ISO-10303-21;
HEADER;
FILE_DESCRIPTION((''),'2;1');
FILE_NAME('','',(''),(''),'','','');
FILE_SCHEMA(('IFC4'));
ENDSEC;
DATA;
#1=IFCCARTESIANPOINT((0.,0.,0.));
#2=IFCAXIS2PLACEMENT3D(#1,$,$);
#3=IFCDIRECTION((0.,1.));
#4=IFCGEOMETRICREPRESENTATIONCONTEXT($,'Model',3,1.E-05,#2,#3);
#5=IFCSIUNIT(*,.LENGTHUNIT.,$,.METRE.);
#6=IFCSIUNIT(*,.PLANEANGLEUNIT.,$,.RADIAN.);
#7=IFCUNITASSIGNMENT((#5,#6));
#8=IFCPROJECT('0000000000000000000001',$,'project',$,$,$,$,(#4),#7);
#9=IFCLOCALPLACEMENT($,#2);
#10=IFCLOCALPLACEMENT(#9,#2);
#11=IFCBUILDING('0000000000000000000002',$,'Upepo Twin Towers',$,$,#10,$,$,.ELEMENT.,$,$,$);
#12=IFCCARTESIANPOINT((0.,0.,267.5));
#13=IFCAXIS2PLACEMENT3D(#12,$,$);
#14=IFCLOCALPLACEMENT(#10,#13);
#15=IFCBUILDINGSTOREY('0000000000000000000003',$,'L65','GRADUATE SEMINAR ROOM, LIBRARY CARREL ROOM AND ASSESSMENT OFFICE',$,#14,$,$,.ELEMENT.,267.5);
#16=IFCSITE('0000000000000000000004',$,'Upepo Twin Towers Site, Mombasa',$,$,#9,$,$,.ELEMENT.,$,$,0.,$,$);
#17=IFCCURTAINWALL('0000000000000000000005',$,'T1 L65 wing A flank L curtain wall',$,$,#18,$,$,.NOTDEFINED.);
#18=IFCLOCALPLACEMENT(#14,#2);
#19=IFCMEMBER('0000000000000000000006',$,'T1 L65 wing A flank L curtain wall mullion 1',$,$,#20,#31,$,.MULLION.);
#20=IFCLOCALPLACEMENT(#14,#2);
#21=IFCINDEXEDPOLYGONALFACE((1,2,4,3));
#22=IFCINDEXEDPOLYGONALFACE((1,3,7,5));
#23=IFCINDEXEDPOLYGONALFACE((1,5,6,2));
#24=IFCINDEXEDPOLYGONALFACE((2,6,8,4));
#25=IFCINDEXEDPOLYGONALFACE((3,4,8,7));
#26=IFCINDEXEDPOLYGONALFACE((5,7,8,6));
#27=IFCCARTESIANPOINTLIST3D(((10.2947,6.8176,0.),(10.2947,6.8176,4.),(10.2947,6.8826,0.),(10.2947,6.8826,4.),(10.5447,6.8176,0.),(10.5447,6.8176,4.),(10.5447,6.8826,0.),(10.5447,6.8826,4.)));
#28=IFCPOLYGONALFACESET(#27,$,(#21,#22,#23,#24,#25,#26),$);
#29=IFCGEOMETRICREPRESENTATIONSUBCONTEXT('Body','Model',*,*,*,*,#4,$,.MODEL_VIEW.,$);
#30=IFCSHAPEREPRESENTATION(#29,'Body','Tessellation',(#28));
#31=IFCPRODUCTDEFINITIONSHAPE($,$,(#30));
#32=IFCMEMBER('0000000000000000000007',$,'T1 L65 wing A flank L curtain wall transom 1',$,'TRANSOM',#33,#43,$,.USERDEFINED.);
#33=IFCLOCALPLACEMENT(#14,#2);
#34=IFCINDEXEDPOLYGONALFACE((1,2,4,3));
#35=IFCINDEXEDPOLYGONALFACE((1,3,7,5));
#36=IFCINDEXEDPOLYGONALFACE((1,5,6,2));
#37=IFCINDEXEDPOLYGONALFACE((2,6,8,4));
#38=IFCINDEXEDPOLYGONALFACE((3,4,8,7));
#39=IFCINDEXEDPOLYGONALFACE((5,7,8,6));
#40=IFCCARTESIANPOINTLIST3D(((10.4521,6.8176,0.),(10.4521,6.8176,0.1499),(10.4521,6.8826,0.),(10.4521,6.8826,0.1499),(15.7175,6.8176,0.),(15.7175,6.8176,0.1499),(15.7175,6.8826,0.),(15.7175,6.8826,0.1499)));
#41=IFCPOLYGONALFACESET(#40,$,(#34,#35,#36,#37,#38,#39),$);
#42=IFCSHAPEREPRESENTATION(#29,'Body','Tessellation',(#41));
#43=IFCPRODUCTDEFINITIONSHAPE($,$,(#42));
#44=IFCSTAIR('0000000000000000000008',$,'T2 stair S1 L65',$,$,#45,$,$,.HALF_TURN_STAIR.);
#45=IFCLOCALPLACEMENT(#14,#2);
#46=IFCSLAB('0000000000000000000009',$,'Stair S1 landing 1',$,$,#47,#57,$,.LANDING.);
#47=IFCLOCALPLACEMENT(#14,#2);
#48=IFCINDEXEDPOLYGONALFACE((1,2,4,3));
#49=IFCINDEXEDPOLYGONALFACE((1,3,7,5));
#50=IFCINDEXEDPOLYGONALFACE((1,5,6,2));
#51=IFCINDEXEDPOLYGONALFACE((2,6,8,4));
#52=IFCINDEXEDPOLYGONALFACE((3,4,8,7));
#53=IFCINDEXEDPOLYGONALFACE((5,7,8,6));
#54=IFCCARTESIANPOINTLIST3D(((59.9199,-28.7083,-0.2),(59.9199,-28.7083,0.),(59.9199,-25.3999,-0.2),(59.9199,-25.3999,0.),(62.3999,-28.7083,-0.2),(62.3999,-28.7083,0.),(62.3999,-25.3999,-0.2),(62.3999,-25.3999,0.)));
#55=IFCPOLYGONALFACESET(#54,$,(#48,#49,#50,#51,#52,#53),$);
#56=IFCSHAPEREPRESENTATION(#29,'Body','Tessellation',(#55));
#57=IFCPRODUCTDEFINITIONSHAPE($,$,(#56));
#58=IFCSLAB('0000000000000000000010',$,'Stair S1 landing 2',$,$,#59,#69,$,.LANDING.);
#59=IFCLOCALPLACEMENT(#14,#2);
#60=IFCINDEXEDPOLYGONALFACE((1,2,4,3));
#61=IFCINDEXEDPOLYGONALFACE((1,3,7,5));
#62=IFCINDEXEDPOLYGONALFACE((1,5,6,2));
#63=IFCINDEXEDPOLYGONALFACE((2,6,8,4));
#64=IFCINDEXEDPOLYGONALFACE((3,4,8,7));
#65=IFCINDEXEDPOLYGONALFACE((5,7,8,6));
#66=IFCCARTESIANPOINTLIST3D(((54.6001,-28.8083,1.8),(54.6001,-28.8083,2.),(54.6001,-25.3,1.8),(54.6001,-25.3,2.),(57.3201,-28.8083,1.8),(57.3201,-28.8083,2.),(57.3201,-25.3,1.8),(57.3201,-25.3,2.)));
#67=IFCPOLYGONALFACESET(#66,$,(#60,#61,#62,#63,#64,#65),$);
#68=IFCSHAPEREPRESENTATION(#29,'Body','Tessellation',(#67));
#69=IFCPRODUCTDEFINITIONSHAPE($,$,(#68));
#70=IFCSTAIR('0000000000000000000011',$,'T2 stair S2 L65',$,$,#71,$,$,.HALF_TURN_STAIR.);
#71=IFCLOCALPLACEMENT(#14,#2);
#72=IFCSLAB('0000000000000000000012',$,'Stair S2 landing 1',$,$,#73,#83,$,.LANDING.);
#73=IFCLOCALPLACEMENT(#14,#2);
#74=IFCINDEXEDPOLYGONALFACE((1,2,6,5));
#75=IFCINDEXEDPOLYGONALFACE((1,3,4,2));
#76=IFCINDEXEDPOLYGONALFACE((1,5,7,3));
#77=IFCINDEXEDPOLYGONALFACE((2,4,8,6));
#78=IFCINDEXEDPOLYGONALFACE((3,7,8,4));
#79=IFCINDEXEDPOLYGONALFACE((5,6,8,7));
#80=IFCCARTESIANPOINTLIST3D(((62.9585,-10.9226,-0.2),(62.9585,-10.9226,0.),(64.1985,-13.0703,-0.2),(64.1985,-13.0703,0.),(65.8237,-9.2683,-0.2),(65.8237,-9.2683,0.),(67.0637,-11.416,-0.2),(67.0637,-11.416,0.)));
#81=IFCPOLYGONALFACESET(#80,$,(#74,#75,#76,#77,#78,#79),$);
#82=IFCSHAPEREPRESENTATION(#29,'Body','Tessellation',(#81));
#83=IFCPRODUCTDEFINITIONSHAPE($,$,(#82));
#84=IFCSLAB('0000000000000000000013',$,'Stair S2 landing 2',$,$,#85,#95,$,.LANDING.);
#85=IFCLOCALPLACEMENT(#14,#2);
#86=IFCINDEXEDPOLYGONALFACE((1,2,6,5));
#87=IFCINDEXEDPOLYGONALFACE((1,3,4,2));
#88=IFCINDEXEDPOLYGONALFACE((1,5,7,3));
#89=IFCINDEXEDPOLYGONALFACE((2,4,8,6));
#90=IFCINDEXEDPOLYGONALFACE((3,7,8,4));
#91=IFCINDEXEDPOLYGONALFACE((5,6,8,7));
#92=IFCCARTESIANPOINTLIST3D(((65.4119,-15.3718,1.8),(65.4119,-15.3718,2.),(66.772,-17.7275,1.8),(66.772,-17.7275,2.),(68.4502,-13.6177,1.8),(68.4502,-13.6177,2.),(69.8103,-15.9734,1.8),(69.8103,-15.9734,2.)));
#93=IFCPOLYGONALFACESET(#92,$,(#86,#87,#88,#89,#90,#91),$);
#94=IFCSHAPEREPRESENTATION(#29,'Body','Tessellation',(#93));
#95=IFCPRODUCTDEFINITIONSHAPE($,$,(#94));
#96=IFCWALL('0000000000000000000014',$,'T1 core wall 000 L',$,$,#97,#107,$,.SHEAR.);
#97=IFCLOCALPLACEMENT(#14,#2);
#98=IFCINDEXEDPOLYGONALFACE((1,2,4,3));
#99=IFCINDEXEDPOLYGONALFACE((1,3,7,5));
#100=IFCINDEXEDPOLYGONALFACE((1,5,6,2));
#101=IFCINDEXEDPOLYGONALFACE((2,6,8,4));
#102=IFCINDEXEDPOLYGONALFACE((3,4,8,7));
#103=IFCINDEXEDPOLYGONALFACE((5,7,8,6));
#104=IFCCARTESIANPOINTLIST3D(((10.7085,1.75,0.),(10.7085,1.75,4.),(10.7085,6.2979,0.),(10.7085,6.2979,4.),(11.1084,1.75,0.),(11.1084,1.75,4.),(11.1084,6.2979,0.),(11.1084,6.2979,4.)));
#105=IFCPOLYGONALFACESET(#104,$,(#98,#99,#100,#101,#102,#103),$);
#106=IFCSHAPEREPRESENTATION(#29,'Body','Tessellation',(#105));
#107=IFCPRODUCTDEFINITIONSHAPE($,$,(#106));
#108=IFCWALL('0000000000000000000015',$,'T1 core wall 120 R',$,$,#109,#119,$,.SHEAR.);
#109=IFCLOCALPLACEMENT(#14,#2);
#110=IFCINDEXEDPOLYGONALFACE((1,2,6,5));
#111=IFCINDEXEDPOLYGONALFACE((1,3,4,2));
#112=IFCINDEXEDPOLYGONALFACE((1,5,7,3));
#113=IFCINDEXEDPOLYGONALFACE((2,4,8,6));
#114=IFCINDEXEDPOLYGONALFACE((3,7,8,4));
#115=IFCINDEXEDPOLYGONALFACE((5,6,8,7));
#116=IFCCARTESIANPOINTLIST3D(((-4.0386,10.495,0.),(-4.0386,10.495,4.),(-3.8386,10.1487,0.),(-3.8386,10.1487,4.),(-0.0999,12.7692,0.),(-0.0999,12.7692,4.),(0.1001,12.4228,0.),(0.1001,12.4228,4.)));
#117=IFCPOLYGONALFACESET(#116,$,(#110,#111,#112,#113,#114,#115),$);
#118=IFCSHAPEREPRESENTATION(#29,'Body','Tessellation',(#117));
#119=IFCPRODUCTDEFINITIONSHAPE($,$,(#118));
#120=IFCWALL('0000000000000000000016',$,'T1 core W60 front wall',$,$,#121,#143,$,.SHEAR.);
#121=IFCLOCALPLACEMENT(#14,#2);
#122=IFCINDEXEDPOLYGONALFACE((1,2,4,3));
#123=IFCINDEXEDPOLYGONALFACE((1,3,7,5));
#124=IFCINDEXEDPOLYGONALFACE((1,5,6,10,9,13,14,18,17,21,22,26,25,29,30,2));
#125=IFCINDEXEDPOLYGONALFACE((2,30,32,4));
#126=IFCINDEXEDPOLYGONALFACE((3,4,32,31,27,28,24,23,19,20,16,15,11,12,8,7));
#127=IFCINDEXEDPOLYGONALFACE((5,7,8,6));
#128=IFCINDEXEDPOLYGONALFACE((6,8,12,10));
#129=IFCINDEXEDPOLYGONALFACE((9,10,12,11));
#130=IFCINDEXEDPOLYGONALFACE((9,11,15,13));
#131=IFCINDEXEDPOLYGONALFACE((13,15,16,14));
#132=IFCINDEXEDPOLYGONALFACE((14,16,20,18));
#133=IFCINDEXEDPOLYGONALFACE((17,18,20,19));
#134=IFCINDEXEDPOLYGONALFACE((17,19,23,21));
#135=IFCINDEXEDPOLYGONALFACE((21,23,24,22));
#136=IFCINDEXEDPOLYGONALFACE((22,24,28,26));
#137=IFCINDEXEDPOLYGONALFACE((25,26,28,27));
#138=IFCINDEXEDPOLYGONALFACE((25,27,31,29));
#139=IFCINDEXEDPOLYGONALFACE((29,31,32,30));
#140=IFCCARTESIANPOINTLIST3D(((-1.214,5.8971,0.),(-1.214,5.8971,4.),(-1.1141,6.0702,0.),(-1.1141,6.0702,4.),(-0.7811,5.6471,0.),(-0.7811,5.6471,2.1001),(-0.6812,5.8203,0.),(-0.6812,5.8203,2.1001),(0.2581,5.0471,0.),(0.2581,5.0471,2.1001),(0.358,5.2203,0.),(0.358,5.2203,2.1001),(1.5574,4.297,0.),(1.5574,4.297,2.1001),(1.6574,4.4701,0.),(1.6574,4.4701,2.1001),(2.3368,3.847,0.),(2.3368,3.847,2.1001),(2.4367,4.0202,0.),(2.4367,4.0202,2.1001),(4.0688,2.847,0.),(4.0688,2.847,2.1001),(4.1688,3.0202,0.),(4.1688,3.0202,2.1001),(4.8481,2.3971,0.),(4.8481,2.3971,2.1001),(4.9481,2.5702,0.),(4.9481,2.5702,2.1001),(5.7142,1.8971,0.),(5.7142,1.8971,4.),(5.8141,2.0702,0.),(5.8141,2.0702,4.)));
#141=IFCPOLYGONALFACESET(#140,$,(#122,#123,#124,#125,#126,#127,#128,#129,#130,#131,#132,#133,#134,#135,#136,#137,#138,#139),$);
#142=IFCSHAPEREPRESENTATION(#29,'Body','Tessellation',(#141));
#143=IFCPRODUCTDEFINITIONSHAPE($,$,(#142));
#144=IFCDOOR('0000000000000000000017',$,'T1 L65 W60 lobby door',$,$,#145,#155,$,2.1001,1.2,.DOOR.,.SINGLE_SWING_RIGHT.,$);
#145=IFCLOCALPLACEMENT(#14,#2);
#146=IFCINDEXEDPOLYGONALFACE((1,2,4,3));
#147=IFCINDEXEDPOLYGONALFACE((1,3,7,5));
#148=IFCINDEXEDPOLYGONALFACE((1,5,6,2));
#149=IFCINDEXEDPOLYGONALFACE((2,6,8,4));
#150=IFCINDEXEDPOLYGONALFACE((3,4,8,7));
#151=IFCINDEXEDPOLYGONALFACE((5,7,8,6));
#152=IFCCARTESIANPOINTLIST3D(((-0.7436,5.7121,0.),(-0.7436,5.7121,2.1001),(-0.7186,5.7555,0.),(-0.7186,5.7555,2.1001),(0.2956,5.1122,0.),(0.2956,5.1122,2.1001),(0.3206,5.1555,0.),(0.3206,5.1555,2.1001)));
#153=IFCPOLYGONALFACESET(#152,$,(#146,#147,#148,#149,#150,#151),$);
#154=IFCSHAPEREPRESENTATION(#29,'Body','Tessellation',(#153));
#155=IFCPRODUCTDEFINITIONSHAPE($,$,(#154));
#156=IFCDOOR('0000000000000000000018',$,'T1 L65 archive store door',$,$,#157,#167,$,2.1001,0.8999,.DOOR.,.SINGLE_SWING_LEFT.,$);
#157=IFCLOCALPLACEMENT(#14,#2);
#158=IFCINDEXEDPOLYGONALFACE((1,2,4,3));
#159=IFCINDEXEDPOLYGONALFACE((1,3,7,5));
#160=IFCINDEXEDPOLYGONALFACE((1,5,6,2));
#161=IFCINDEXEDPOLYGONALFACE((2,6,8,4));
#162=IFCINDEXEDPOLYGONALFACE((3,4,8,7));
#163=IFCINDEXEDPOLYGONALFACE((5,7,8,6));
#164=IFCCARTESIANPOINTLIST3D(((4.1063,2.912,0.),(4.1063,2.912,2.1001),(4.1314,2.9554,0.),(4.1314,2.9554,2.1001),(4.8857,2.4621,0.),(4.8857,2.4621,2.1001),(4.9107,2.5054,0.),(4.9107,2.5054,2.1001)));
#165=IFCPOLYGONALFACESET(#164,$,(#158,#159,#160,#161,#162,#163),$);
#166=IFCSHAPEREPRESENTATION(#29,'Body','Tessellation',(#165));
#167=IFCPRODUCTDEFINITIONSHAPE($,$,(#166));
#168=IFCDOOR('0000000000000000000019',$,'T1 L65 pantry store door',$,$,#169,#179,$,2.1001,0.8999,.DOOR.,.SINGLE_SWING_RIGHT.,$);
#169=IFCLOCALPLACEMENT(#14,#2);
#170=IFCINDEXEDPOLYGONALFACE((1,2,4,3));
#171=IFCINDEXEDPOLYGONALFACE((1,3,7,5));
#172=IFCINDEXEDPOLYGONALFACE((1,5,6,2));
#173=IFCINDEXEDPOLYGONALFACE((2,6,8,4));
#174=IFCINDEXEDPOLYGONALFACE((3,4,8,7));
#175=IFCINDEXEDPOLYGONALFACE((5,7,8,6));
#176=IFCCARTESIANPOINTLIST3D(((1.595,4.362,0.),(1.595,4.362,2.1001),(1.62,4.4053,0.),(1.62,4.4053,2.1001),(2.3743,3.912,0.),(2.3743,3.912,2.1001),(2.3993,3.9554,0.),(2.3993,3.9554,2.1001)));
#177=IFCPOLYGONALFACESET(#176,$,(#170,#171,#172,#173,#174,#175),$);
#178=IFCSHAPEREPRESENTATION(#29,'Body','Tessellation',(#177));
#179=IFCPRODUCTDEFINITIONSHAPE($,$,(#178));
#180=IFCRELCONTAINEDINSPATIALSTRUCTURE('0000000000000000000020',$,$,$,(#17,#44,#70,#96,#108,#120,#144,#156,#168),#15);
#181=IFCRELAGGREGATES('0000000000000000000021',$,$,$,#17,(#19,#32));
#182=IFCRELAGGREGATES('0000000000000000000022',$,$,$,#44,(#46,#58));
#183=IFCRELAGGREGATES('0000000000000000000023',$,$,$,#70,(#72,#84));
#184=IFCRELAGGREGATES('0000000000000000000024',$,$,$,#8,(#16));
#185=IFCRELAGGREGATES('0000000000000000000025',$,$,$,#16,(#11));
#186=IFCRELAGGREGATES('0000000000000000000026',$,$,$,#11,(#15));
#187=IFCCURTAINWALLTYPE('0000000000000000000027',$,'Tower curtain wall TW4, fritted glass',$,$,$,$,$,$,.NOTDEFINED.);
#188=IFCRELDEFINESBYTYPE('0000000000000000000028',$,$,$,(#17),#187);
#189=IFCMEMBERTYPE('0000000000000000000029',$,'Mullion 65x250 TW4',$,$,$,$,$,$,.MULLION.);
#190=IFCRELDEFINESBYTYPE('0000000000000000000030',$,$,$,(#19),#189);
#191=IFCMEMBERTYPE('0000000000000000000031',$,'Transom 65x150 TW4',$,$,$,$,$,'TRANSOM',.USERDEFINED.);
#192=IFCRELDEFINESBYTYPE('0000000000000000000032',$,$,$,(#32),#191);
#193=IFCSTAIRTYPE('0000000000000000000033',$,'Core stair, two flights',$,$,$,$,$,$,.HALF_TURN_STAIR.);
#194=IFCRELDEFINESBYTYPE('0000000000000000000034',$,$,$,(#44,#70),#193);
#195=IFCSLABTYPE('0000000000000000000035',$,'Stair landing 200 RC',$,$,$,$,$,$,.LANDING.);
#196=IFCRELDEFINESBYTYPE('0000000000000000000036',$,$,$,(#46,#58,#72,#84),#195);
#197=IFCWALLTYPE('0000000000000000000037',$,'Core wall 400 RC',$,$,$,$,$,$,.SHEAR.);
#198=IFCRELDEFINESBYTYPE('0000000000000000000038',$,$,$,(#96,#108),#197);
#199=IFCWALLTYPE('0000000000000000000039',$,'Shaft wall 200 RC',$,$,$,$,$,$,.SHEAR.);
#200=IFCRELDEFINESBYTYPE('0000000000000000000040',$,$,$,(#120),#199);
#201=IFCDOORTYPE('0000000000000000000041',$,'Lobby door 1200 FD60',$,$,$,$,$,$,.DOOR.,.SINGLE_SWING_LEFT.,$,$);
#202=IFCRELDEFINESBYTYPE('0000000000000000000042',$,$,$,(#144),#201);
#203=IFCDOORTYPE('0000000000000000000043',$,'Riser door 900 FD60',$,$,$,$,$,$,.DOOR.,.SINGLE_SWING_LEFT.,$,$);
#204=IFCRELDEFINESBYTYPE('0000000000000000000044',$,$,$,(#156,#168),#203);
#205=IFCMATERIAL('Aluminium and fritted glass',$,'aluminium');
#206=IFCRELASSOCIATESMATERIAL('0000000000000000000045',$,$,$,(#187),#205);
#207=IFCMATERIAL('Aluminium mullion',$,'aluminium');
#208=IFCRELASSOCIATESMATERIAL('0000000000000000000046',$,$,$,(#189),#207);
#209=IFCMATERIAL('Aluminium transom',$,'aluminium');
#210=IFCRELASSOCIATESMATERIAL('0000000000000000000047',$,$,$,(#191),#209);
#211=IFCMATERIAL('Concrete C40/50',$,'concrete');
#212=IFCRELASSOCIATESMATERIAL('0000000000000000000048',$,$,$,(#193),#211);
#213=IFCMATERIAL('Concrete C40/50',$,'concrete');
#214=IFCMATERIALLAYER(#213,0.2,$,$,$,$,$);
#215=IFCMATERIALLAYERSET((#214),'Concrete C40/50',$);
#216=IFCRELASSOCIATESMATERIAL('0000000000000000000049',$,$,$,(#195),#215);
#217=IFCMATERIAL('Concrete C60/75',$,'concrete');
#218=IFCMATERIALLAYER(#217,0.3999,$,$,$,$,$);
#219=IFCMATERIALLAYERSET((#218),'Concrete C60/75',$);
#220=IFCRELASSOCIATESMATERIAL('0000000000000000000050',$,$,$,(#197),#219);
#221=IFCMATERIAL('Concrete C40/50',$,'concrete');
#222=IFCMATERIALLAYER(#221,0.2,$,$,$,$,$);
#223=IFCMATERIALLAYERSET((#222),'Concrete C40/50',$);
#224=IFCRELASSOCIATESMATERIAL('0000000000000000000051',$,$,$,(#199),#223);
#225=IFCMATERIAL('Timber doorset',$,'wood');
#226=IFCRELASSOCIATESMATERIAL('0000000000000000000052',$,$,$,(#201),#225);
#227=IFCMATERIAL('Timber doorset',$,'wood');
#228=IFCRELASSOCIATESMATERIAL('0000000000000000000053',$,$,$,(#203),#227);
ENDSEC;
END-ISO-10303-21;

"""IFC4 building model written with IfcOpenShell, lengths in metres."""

from ifc_helpers import new_model, si_unit, direction, frame, frame_2d, origin, origin_2d, place, context, subcontext, project, spatial, polyline, rectangle, outline, extrude, material, layer, layer_set, material_profile, profile_set, type_object, element, fill, aggregate, save


model = new_model("IFC4")

# Units and contexts
model_context = context("Model", 3, precision=1e-05, world=origin(), true_north=direction((0.0, 1.0)))
body_context = subcontext(model_context, "Body", "Model", "MODEL_VIEW")
ifc_project = project(units=[si_unit("LENGTHUNIT", "METRE"), si_unit("PLANEANGLEUNIT", "RADIAN")], contexts=[model_context])

# Site, building, storey
site_placement = place(None, origin())
site = spatial("IfcSite", under=ifc_project, at=site_placement, Name="Upepo Twin Towers Site, Mombasa", CompositionType="ELEMENT", RefElevation=0.0)
building_placement = place(site_placement, origin())
building = spatial("IfcBuilding", under=site, at=building_placement, Name="Upepo Twin Towers", CompositionType="ELEMENT")
storey_placement = place(building_placement, frame((0.0, 0.0, 267.5)))
storey = spatial("IfcBuildingStorey", under=building, at=storey_placement, Name="L65", Description="GRADUATE SEMINAR ROOM, LIBRARY CARREL ROOM AND ASSESSMENT OFFICE", CompositionType="ELEMENT", Elevation=267.5)

# Curtain wall, members
ifc_material_1 = material(Name="Aluminium and fritted glass", Category="aluminium")
curtain_wall_type = type_object("IfcCurtainWallType", Name="Tower curtain wall TW4, fritted glass", PredefinedType="NOTDEFINED", material=ifc_material_1)
curtain_wall_placement = place(storey_placement, origin())
curtain_wall = element("IfcCurtainWall", 1, at=curtain_wall_placement, inside=storey, type_object=curtain_wall_type, Name="T1 L65 wing A flank L curtain wall", PredefinedType="NOTDEFINED")
ifc_material_2 = material(Name="Aluminium mullion", Category="aluminium")
ifc_material_profile_1 = material_profile(ifc_material_2, rectangle(XDim=0.0649, YDim=0.25, at=origin_2d()), Name="MULLION 65x250")
ifc_profile_set_1 = profile_set([ifc_material_profile_1], Name="Aluminium mullion")
member_type_1 = type_object("IfcMemberType", Name="Mullion 65x250 TW4", PredefinedType="MULLION", material=ifc_profile_set_1)
member_1_placement = place(storey_placement, frame((10.4197, 6.8501, 0.0), z_axis=(0.0, 0.0, 1.0), x_axis=(0.0, 1.0, 0.0)))
member_1 = element("IfcMember", 2, at=member_1_placement, type_object=member_type_1, Name="T1 L65 wing A flank L curtain wall mullion 1", PredefinedType="MULLION", context=body_context, shape_type="SweptSolid", body=[
    extrude(rectangle(XDim=0.0649, YDim=0.25, at=origin_2d()), origin(), (0.0, 0.0, 1.0), 4.0),
])
ifc_material_3 = material(Name="Aluminium transom", Category="aluminium")
ifc_material_profile_2 = material_profile(ifc_material_3, rectangle(XDim=0.0649, YDim=0.1499, at=origin_2d()), Name="TRANSOM 65x150")
ifc_profile_set_2 = profile_set([ifc_material_profile_2], Name="Aluminium transom")
member_type_2 = type_object("IfcMemberType", Name="Transom 65x150 TW4", ElementType="TRANSOM", PredefinedType="USERDEFINED", material=ifc_profile_set_2)
member_2_placement = place(storey_placement, frame((10.4521, 6.8501, 0.075), z_axis=(1.0, 0.0, 0.0), x_axis=(0.0, 1.0, 0.0)))
member_2 = element("IfcMember", 3, at=member_2_placement, type_object=member_type_2, Name="T1 L65 wing A flank L curtain wall transom 1", ObjectType="TRANSOM", PredefinedType="USERDEFINED", context=body_context, shape_type="SweptSolid", body=[
    extrude(rectangle(XDim=0.0649, YDim=0.1499, at=origin_2d()), origin(), (0.0, 0.0, 1.0), 5.2654),
])
aggregate(curtain_wall, [member_1, member_2])

# Stairs, slabs
ifc_material_4 = material(Name="Concrete C40/50", Category="concrete")
stair_type = type_object("IfcStairType", Name="Core stair, two flights", PredefinedType="HALF_TURN_STAIR", material=ifc_material_4)
stair_1_placement = place(storey_placement, origin())
stair_1 = element("IfcStair", 4, at=stair_1_placement, inside=storey, type_object=stair_type, Name="T2 stair S1 L65", PredefinedType="HALF_TURN_STAIR")
ifc_material_5 = material(Name="Concrete C40/50", Category="concrete")
ifc_layer_1 = layer(ifc_material_5, 0.2)
ifc_layer_set_1 = layer_set([ifc_layer_1], Name="Concrete C40/50")
slab_type = type_object("IfcSlabType", Name="Stair landing 200 RC", PredefinedType="LANDING", material=ifc_layer_set_1)
slab_1_placement = place(storey_placement, frame((0.0, 0.0, -0.2)))
slab_1 = element("IfcSlab", 5, at=slab_1_placement, type_object=slab_type, Name="Stair S1 landing 1", PredefinedType="LANDING", context=body_context, shape_type="SweptSolid", body=[
    extrude(outline(polyline([(59.9199, -25.3999), (59.9199, -28.7083), (62.3999, -28.7083), (62.3999, -25.3999), (59.9199, -25.3999)])), origin(), (0.0, 0.0, 1.0), 0.2),
])
slab_2_placement = place(storey_placement, frame((0.0, 0.0, 1.8)))
slab_2 = element("IfcSlab", 6, at=slab_2_placement, type_object=slab_type, Name="Stair S1 landing 2", PredefinedType="LANDING", context=body_context, shape_type="SweptSolid", body=[
    extrude(outline(polyline([(54.6001, -25.3), (54.6001, -28.8083), (57.3201, -28.8083), (57.3201, -25.3), (54.6001, -25.3)])), origin(), (0.0, 0.0, 1.0), 0.2),
])
aggregate(stair_1, [slab_1, slab_2])
stair_2_placement = place(storey_placement, origin())
stair_2 = element("IfcStair", 7, at=stair_2_placement, inside=storey, type_object=stair_type, Name="T2 stair S2 L65", PredefinedType="HALF_TURN_STAIR")
slab_3_placement = place(storey_placement, frame((0.0, 0.0, -0.2)))
slab_3 = element("IfcSlab", 8, at=slab_3_placement, type_object=slab_type, Name="Stair S2 landing 1", PredefinedType="LANDING", context=body_context, shape_type="SweptSolid", body=[
    extrude(outline(polyline([(64.1985, -13.0703), (67.0637, -11.416), (65.8237, -9.2683), (62.9585, -10.9226), (64.1985, -13.0703)])), origin(), (0.0, 0.0, 1.0), 0.2),
])
slab_4_placement = place(storey_placement, frame((0.0, 0.0, 1.8)))
slab_4 = element("IfcSlab", 9, at=slab_4_placement, type_object=slab_type, Name="Stair S2 landing 2", PredefinedType="LANDING", context=body_context, shape_type="SweptSolid", body=[
    extrude(outline(polyline([(66.772, -17.7275), (69.8103, -15.9734), (68.4502, -13.6177), (65.4119, -15.3718), (66.772, -17.7275)])), origin(), (0.0, 0.0, 1.0), 0.2),
])
aggregate(stair_2, [slab_3, slab_4])

# Walls
ifc_material_6 = material(Name="Concrete C60/75", Category="concrete")
ifc_layer_2 = layer(ifc_material_6, 0.3999)
ifc_layer_set_2 = layer_set([ifc_layer_2], Name="Concrete C60/75")
wall_type_1 = type_object("IfcWallType", Name="Core wall 400 RC", PredefinedType="SHEAR", material=ifc_layer_set_2)
wall_1_placement = place(storey_placement, frame((10.9084, 1.75, 0.0), z_axis=(0.0, 0.0, 1.0), x_axis=(0.0, 1.0, 0.0)))
element("IfcWall", 10, at=wall_1_placement, inside=storey, type_object=wall_type_1, Name="T1 core wall 000 L", PredefinedType="SHEAR", context=body_context, shape_type="SweptSolid", body=[
    extrude(rectangle(XDim=4.5479, YDim=0.3999, at=frame_2d((2.2739, 0.0))), origin(), (0.0, 0.0, 1.0), 4.0),
])
wall_2_placement = place(storey_placement, frame((0.0, 12.5959, 0.0), z_axis=(0.0, 0.0, 1.0), x_axis=(-0.866011, -0.500024, 0.0)))
element("IfcWall", 11, at=wall_2_placement, inside=storey, type_object=wall_type_1, Name="T1 core wall 120 R", PredefinedType="SHEAR", context=body_context, shape_type="SweptSolid", body=[
    extrude(rectangle(XDim=4.5481, YDim=0.3999, at=frame_2d((2.2739, 0.0))), origin(), (0.0, 0.0, 1.0), 4.0),
])

# Wall, openings, doors
ifc_material_7 = material(Name="Concrete C40/50", Category="concrete")
ifc_layer_3 = layer(ifc_material_7, 0.2)
ifc_layer_set_3 = layer_set([ifc_layer_3], Name="Concrete C40/50")
wall_type_2 = type_object("IfcWallType", Name="Shaft wall 200 RC", PredefinedType="SHEAR", material=ifc_layer_set_3)
wall_3_placement = place(storey_placement, frame((5.7642, 1.9836, 0.0), z_axis=(0.0, 0.0, 1.0), x_axis=(-0.866026, 0.499999, 0.0)))
wall_3 = element("IfcWall", 12, at=wall_3_placement, inside=storey, type_object=wall_type_2, Name="T1 core W60 front wall", PredefinedType="SHEAR", context=body_context, shape_type="SweptSolid", body=[
    extrude(rectangle(XDim=8.0, YDim=0.2, at=frame_2d((4.0, 0.0))), origin(), (0.0, 0.0, 1.0), 4.0),
])
opening_1_placement = place(wall_3_placement, frame((6.3, 0.0, 0.0)))
opening_1 = element("IfcOpeningElement", 13, at=opening_1_placement, cuts=wall_3, PredefinedType="OPENING", context=body_context, shape_type="SweptSolid", body=[
    extrude(rectangle(XDim=1.2, YDim=2.1001, at=frame_2d((0.6001, 1.05))), frame((0.0, 0.1099, 0.0), z_axis=(0.0, -1.0, 0.0), x_axis=(1.0, 0.0, 0.0)), (0.0, 0.0, 1.0), 0.22),
])
opening_2_placement = place(wall_3_placement, frame((1.0, 0.0, 0.0)))
opening_2 = element("IfcOpeningElement", 14, at=opening_2_placement, cuts=wall_3, PredefinedType="OPENING", context=body_context, shape_type="SweptSolid", body=[
    extrude(rectangle(XDim=0.8999, YDim=2.1001, at=frame_2d((0.45, 1.05))), frame((0.0, 0.1099, 0.0), z_axis=(0.0, -1.0, 0.0), x_axis=(1.0, 0.0, 0.0)), (0.0, 0.0, 1.0), 0.22),
])
opening_3_placement = place(wall_3_placement, frame((3.8999, 0.0, 0.0)))
opening_3 = element("IfcOpeningElement", 15, at=opening_3_placement, cuts=wall_3, PredefinedType="OPENING", context=body_context, shape_type="SweptSolid", body=[
    extrude(rectangle(XDim=0.8999, YDim=2.1001, at=frame_2d((0.45, 1.05))), frame((0.0, 0.1099, 0.0), z_axis=(0.0, -1.0, 0.0), x_axis=(1.0, 0.0, 0.0)), (0.0, 0.0, 1.0), 0.22),
])
ifc_material_8 = material(Name="Timber doorset", Category="wood")
door_type_1 = type_object("IfcDoorType", Name="Lobby door 1200 FD60", OperationType="SINGLE_SWING_LEFT", PredefinedType="DOOR", material=ifc_material_8)
door_1_placement = place(opening_1_placement, origin())
door_1 = element("IfcDoor", 16, at=door_1_placement, inside=storey, type_object=door_type_1, Name="T1 L65 W60 lobby door", OperationType="SINGLE_SWING_RIGHT", OverallHeight=2.1001, OverallWidth=1.2, PredefinedType="DOOR", context=body_context, shape_type="SweptSolid", body=[
    extrude(rectangle(XDim=1.2, YDim=2.1001, at=frame_2d((0.6001, 1.05))), frame((0.0, 0.0249, 0.0), z_axis=(0.0, -1.0, 0.0), x_axis=(1.0, 0.0, 0.0)), (0.0, 0.0, 1.0), 0.05),
])
fill(opening_1, door_1)
ifc_material_9 = material(Name="Timber doorset", Category="wood")
door_type_2 = type_object("IfcDoorType", Name="Riser door 900 FD60", OperationType="SINGLE_SWING_LEFT", PredefinedType="DOOR", material=ifc_material_9)
door_2_placement = place(opening_2_placement, origin())
door_2 = element("IfcDoor", 17, at=door_2_placement, inside=storey, type_object=door_type_2, Name="T1 L65 archive store door", OperationType="SINGLE_SWING_LEFT", OverallHeight=2.1001, OverallWidth=0.8999, PredefinedType="DOOR", context=body_context, shape_type="SweptSolid", body=[
    extrude(rectangle(XDim=0.8999, YDim=2.1001, at=frame_2d((0.45, 1.05))), frame((0.0, 0.0249, 0.0), z_axis=(0.0, -1.0, 0.0), x_axis=(1.0, 0.0, 0.0)), (0.0, 0.0, 1.0), 0.05),
])
fill(opening_2, door_2)
door_3_placement = place(opening_3_placement, origin())
door_3 = element("IfcDoor", 18, at=door_3_placement, inside=storey, type_object=door_type_2, Name="T1 L65 pantry store door", OperationType="SINGLE_SWING_RIGHT", OverallHeight=2.1001, OverallWidth=0.8999, PredefinedType="DOOR", context=body_context, shape_type="SweptSolid", body=[
    extrude(rectangle(XDim=0.8999, YDim=2.1001, at=frame_2d((0.45, 1.05))), frame((0.0, 0.0249, 0.0), z_axis=(0.0, -1.0, 0.0), x_axis=(1.0, 0.0, 0.0)), (0.0, 0.0, 1.0), 0.05),
])
fill(opening_3, door_3)

save(model, "model.ifc")
